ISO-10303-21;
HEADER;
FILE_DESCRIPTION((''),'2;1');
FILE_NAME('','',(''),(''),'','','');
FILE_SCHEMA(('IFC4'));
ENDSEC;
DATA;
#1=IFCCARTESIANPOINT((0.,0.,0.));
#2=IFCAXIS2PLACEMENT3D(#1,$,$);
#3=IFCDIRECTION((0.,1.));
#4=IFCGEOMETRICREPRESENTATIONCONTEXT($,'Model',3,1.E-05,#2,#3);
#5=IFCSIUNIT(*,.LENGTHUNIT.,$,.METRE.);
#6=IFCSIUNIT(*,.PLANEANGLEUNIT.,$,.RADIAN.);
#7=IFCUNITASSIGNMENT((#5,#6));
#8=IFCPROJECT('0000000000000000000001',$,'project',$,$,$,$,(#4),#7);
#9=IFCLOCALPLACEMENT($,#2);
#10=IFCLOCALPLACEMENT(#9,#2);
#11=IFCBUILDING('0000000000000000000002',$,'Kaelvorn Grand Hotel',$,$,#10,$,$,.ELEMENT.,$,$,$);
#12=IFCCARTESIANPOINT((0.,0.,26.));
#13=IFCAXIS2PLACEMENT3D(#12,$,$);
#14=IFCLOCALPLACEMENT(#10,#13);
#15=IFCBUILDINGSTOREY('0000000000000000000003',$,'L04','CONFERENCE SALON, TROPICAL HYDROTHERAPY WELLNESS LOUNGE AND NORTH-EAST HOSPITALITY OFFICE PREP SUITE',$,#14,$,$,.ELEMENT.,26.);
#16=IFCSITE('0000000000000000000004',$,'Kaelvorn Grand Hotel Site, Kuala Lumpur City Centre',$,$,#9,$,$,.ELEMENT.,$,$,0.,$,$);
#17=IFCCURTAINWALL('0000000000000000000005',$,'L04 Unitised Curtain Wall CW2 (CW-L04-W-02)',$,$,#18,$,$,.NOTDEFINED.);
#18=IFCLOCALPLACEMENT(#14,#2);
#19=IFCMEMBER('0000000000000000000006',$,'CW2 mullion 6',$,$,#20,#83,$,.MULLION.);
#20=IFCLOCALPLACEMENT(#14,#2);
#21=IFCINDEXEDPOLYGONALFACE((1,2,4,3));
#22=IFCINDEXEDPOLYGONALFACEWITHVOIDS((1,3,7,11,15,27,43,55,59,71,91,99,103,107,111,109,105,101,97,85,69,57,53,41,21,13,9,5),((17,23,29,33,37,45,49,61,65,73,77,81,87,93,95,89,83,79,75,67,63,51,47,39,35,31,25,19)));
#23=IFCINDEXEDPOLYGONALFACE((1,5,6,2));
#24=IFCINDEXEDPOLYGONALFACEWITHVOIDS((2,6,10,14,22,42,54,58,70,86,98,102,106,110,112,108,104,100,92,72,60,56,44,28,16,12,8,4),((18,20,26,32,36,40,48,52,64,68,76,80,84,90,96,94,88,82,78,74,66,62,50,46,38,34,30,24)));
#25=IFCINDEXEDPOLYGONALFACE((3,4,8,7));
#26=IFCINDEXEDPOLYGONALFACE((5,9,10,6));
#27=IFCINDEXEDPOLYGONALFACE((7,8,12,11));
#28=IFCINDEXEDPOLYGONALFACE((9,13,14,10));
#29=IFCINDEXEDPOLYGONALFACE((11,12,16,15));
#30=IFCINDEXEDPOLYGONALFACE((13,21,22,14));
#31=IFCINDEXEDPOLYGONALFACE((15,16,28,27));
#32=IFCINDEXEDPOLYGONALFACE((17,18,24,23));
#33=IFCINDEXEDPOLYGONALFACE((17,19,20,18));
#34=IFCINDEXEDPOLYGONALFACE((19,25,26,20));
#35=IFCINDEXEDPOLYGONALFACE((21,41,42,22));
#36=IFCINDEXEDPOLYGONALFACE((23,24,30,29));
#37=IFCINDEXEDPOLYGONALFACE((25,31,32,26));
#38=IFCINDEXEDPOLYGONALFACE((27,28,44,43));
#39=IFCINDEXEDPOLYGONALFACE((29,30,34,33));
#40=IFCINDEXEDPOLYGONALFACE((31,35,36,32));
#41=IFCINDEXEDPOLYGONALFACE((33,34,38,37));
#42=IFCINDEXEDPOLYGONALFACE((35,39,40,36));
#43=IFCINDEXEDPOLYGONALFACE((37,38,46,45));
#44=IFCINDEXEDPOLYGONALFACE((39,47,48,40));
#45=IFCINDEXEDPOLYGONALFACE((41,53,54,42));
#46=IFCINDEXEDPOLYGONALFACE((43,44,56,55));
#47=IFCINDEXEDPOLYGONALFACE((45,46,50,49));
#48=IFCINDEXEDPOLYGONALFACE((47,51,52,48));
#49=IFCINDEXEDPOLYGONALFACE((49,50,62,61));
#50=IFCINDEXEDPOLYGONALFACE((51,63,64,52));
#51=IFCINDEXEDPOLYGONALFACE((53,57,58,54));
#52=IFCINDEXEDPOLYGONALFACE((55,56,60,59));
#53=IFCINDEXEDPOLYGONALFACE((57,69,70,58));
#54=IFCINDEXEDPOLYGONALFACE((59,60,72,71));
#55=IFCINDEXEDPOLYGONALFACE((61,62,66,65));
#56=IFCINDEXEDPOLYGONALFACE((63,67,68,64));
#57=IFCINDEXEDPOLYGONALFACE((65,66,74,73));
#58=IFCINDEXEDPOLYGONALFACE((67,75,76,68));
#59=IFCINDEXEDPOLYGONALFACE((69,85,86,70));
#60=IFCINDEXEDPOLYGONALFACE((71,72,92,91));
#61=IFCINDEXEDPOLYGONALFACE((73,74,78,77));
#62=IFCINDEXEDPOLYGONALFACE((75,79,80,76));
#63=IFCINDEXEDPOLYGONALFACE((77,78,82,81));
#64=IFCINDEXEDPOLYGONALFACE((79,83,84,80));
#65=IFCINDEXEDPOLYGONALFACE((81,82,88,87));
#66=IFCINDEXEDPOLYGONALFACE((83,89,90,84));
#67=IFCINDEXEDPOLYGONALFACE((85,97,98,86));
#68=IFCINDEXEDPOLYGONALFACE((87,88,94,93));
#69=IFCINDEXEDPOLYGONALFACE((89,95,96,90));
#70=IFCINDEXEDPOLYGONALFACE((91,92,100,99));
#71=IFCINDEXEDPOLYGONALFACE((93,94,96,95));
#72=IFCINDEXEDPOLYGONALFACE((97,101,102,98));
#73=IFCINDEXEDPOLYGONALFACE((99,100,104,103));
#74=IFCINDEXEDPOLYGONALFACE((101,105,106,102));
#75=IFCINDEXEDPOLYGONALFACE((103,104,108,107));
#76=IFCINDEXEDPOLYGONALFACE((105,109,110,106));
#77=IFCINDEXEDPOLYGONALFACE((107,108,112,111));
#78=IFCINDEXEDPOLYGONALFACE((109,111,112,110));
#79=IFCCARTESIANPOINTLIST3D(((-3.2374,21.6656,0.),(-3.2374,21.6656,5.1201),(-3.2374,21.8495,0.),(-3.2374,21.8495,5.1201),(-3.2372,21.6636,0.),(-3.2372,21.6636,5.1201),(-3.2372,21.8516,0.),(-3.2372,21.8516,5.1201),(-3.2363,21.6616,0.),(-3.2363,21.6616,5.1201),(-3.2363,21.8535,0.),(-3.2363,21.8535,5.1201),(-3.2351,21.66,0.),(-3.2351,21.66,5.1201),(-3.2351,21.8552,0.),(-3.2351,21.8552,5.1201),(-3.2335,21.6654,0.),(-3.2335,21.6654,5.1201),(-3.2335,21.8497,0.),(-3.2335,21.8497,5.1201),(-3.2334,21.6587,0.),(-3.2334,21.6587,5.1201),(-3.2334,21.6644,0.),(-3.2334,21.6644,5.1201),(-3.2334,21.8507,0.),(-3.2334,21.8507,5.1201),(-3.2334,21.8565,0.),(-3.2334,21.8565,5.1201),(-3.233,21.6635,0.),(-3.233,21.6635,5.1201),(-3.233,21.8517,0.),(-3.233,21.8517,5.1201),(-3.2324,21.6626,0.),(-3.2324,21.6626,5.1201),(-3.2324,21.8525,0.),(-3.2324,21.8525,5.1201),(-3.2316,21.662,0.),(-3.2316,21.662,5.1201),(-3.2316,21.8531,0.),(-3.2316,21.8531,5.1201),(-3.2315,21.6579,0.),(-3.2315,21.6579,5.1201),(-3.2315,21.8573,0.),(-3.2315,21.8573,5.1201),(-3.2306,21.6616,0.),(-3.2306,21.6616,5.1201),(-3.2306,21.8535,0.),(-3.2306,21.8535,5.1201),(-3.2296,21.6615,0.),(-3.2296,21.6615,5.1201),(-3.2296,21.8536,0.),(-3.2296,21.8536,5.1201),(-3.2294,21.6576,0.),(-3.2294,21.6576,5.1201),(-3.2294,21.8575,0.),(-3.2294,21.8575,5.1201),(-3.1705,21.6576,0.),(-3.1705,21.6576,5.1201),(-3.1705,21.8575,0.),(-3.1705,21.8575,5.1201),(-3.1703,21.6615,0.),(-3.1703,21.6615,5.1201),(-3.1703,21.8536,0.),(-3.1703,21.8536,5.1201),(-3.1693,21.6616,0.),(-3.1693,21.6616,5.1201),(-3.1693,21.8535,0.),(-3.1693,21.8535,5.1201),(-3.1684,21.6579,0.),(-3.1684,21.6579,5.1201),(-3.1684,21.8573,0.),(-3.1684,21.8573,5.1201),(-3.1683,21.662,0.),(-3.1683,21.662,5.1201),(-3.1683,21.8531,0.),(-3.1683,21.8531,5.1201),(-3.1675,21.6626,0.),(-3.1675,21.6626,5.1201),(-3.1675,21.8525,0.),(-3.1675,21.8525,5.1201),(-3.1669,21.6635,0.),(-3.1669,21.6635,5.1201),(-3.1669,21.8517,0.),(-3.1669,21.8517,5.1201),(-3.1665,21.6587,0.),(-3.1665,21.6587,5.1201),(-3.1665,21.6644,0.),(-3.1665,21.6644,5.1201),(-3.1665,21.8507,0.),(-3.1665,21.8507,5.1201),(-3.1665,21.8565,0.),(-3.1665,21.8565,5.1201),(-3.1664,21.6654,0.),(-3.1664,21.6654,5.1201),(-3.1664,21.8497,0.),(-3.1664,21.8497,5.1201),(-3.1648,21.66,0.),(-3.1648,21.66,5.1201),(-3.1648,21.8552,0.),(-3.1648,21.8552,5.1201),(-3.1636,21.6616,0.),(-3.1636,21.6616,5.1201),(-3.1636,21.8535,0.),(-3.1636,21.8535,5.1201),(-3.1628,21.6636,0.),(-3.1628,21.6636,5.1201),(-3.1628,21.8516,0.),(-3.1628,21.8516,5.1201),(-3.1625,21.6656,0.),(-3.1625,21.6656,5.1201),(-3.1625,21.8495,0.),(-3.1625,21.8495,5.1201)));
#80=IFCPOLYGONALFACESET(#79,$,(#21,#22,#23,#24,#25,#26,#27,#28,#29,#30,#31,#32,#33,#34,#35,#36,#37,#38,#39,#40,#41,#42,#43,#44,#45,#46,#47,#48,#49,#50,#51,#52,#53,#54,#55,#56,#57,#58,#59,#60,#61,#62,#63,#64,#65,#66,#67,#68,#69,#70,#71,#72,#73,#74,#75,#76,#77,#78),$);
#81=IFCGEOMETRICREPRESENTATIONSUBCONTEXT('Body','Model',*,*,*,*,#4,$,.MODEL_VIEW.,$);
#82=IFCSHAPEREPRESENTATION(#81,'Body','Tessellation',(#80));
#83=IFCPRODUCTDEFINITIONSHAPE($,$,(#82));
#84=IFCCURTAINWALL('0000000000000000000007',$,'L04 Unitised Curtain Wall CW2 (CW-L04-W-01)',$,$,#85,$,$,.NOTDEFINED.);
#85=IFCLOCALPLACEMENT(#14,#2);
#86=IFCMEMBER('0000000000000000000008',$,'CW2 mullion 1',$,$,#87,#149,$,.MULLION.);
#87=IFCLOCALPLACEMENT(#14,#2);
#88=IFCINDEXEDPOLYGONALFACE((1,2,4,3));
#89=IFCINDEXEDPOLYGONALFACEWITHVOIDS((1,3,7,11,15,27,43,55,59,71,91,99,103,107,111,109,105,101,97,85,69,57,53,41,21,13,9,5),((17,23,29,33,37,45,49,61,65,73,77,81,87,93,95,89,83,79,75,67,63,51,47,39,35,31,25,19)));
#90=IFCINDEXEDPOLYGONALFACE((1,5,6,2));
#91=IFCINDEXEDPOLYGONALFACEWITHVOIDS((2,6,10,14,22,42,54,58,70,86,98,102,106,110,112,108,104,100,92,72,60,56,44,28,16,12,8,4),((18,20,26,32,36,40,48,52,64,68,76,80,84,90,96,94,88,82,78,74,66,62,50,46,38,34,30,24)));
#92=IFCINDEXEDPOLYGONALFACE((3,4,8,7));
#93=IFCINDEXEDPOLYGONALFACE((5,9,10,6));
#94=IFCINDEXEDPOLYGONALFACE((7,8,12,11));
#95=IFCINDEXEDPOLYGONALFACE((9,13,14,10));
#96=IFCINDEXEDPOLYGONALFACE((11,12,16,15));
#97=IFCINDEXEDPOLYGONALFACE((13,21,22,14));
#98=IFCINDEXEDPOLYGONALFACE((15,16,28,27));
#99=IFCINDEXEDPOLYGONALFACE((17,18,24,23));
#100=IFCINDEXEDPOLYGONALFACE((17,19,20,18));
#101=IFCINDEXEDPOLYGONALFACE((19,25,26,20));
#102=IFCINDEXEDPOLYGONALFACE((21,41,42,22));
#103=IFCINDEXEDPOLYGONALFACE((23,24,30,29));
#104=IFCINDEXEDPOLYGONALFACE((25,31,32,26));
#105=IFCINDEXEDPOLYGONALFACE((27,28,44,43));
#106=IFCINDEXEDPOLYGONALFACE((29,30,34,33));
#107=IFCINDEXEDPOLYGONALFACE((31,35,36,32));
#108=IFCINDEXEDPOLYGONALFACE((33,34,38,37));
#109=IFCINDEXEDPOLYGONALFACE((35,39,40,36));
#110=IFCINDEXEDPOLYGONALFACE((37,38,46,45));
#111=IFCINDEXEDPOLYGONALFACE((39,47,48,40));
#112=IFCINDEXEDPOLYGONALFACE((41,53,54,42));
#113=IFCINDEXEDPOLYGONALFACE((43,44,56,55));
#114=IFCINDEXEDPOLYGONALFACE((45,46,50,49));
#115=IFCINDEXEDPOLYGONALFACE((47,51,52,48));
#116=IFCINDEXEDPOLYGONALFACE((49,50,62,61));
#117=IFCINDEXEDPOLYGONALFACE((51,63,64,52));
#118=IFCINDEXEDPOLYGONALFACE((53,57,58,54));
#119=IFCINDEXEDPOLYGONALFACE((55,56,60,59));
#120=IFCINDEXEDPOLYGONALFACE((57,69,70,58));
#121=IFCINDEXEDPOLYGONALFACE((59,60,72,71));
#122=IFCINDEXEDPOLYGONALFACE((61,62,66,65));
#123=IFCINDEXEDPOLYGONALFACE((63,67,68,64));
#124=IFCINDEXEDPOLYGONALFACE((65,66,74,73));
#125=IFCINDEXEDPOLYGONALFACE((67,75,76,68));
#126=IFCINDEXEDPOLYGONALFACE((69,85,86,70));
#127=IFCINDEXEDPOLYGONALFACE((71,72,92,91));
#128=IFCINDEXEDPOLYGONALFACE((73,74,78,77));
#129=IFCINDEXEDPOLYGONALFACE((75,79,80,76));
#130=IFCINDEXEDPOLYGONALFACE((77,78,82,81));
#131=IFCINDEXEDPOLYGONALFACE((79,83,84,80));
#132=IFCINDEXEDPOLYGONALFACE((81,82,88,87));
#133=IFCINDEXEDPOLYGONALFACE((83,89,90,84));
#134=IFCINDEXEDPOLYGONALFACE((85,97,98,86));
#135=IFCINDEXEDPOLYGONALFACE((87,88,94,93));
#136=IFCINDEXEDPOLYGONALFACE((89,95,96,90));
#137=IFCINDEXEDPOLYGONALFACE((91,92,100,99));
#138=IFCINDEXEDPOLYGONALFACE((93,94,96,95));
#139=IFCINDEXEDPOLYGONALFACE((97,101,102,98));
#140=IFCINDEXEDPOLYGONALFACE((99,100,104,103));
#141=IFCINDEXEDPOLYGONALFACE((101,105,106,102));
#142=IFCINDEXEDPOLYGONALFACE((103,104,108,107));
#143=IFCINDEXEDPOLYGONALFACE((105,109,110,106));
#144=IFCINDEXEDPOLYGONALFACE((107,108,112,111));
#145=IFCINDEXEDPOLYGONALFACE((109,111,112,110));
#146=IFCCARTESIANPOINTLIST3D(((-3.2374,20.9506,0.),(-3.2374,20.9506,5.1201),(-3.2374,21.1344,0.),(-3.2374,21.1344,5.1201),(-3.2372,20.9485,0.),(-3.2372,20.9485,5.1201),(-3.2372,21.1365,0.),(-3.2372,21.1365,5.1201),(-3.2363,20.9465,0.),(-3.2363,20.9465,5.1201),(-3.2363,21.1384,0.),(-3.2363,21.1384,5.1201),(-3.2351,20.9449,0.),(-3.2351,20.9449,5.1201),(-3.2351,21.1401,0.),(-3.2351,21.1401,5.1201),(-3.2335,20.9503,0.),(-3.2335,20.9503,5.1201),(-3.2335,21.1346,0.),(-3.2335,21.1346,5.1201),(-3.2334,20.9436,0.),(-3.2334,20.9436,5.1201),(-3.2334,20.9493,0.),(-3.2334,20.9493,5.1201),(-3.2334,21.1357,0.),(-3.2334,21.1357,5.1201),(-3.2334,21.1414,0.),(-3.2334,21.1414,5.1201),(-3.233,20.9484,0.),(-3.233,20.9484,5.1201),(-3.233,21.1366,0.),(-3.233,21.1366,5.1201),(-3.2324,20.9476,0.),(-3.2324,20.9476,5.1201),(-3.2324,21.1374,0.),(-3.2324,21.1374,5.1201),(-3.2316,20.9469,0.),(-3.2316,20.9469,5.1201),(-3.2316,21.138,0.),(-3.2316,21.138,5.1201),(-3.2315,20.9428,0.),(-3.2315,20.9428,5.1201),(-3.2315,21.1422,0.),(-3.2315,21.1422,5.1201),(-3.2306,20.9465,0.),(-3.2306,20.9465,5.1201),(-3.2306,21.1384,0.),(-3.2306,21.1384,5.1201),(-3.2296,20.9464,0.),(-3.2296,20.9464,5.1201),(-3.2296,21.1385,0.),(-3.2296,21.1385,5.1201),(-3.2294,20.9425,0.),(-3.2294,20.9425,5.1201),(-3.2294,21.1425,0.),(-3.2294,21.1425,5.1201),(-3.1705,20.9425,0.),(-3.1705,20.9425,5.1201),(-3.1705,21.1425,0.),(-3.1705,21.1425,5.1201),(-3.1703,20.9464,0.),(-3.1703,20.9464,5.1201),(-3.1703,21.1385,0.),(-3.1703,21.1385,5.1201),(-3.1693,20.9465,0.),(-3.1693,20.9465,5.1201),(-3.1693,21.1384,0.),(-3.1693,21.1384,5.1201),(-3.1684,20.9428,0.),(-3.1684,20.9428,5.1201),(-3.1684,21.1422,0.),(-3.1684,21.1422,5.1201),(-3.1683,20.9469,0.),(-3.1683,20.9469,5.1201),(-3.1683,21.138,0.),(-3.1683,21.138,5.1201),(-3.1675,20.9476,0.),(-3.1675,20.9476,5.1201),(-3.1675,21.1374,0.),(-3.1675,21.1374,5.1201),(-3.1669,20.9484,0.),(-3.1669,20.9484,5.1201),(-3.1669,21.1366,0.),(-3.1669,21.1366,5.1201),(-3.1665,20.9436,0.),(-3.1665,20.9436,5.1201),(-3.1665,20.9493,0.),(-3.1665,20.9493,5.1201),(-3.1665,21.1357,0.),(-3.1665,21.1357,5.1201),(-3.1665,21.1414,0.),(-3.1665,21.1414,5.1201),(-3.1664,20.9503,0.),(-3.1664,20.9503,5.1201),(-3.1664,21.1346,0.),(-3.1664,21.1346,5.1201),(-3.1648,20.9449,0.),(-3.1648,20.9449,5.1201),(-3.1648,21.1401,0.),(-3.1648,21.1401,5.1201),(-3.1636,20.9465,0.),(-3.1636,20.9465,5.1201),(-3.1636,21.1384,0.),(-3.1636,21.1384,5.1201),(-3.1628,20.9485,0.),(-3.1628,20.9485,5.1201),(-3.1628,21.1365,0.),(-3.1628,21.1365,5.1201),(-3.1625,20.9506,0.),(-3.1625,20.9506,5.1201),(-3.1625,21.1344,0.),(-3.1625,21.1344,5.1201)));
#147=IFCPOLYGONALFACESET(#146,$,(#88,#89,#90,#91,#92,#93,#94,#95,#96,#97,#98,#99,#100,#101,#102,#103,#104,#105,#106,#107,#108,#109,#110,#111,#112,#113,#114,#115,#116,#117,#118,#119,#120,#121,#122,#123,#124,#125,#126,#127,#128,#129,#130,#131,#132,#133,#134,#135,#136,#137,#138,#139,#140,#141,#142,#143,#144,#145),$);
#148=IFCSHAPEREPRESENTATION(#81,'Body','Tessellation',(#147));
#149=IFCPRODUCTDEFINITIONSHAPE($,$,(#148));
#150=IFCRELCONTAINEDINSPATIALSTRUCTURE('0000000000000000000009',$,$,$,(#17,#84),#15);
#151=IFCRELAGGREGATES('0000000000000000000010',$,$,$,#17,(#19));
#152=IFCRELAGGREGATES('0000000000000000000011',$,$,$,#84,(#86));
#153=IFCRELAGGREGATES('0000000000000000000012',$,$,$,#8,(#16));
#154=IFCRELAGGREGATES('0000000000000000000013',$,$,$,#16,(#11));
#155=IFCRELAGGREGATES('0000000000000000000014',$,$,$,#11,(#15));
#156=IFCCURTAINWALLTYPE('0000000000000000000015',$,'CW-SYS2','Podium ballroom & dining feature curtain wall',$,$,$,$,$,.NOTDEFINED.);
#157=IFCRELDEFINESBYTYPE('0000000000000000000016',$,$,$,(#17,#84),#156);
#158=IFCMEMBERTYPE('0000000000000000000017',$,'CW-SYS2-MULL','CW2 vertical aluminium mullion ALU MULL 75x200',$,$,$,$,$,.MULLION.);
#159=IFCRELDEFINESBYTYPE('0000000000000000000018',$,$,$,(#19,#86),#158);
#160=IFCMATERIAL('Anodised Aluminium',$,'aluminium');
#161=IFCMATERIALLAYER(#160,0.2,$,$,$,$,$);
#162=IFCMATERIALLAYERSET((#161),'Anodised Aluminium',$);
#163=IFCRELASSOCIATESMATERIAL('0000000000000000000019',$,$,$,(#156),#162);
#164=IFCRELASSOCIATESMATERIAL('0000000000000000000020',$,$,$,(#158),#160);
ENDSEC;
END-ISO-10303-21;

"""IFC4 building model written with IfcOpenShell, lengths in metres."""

from ifc_helpers import new_model, si_unit, direction, frame, origin, origin_2d, place, context, subcontext, project, spatial, hollow_rectangle, extrude, material, layer, layer_set, material_profile, profile_set, type_object, element, aggregate, save


model = new_model("IFC4")

# Units and contexts
model_context = context("Model", 3, precision=1e-05, world=origin(), true_north=direction((0.0, 1.0)))
body_context = subcontext(model_context, "Body", "Model", "MODEL_VIEW")
ifc_project = project(units=[si_unit("LENGTHUNIT", "METRE"), si_unit("PLANEANGLEUNIT", "RADIAN")], contexts=[model_context])

# Site, building, storey
site_placement = place(None, origin())
site = spatial("IfcSite", under=ifc_project, at=site_placement, Name="Kaelvorn Grand Hotel Site, Kuala Lumpur City Centre", CompositionType="ELEMENT", RefElevation=0.0)
building_placement = place(site_placement, origin())
building = spatial("IfcBuilding", under=site, at=building_placement, Name="Kaelvorn Grand Hotel", CompositionType="ELEMENT")
storey_placement = place(building_placement, frame((0.0, 0.0, 26.0)))
storey = spatial("IfcBuildingStorey", under=building, at=storey_placement, Name="L04", Description="CONFERENCE SALON, TROPICAL HYDROTHERAPY WELLNESS LOUNGE AND NORTH-EAST HOSPITALITY OFFICE PREP SUITE", CompositionType="ELEMENT", Elevation=26.0)

# Curtain walls, members
ifc_material_1 = material(Name="Anodised Aluminium", Category="aluminium")
ifc_layer_1 = layer(ifc_material_1, 0.2)
ifc_layer_set_1 = layer_set([ifc_layer_1], Name="Anodised Aluminium")
curtain_wall_type = type_object("IfcCurtainWallType", Name="CW-SYS2", Description="Podium ballroom & dining feature curtain wall", PredefinedType="NOTDEFINED", material=ifc_layer_set_1)
curtain_wall_1_placement = place(storey_placement, origin())
curtain_wall_1 = element("IfcCurtainWall", 1, at=curtain_wall_1_placement, inside=storey, type_object=curtain_wall_type, Name="L04 Unitised Curtain Wall CW2 (CW-L04-W-02)", PredefinedType="NOTDEFINED")
ifc_material_profile_1 = material_profile(ifc_material_1, hollow_rectangle(XDim=0.075, YDim=0.2, WallThickness=0.0039, InnerFilletRadius=0.0039, OuterFilletRadius=0.0081, at=origin_2d()), Name="ALU MULL 75x200")
ifc_profile_set_1 = profile_set([ifc_material_profile_1], Name="Anodised Aluminium")
member_type_1 = type_object("IfcMemberType", Name="CW-SYS2-MULL", Description="CW2 vertical aluminium mullion ALU MULL 75x200", PredefinedType="MULLION", material=ifc_profile_set_1)
member_1_placement = place(storey_placement, frame((-3.2, 21.7576, 0.0), z_axis=(0.0, 0.0, 1.0), x_axis=(1.0, 0.0, 0.0)))
member_1 = element("IfcMember", 2, at=member_1_placement, type_object=member_type_1, Name="CW2 mullion 6", PredefinedType="MULLION", context=body_context, shape_type="SweptSolid", body=[
    extrude(hollow_rectangle(XDim=0.075, YDim=0.2, WallThickness=0.0039, InnerFilletRadius=0.0039, OuterFilletRadius=0.0081, at=origin_2d()), origin(), (0.0, 0.0, 1.0), 5.1201),
])
curtain_wall_2_placement = place(storey_placement, origin())
curtain_wall_2 = element("IfcCurtainWall", 3, at=curtain_wall_2_placement, inside=storey, type_object=curtain_wall_type, Name="L04 Unitised Curtain Wall CW2 (CW-L04-W-01)", PredefinedType="NOTDEFINED")
member_2_placement = place(storey_placement, frame((-3.2, 21.0425, 0.0), z_axis=(0.0, 0.0, 1.0), x_axis=(1.0, 0.0, 0.0)))
member_2 = element("IfcMember", 4, at=member_2_placement, type_object=member_type_1, Name="CW2 mullion 1", PredefinedType="MULLION", context=body_context, shape_type="SweptSolid", body=[
    extrude(hollow_rectangle(XDim=0.075, YDim=0.2, WallThickness=0.0039, InnerFilletRadius=0.0039, OuterFilletRadius=0.0081, at=origin_2d()), origin(), (0.0, 0.0, 1.0), 5.1201),
])

aggregate(curtain_wall_1, [member_1])
aggregate(curtain_wall_2, [member_2])

save(model, "model.ifc")
